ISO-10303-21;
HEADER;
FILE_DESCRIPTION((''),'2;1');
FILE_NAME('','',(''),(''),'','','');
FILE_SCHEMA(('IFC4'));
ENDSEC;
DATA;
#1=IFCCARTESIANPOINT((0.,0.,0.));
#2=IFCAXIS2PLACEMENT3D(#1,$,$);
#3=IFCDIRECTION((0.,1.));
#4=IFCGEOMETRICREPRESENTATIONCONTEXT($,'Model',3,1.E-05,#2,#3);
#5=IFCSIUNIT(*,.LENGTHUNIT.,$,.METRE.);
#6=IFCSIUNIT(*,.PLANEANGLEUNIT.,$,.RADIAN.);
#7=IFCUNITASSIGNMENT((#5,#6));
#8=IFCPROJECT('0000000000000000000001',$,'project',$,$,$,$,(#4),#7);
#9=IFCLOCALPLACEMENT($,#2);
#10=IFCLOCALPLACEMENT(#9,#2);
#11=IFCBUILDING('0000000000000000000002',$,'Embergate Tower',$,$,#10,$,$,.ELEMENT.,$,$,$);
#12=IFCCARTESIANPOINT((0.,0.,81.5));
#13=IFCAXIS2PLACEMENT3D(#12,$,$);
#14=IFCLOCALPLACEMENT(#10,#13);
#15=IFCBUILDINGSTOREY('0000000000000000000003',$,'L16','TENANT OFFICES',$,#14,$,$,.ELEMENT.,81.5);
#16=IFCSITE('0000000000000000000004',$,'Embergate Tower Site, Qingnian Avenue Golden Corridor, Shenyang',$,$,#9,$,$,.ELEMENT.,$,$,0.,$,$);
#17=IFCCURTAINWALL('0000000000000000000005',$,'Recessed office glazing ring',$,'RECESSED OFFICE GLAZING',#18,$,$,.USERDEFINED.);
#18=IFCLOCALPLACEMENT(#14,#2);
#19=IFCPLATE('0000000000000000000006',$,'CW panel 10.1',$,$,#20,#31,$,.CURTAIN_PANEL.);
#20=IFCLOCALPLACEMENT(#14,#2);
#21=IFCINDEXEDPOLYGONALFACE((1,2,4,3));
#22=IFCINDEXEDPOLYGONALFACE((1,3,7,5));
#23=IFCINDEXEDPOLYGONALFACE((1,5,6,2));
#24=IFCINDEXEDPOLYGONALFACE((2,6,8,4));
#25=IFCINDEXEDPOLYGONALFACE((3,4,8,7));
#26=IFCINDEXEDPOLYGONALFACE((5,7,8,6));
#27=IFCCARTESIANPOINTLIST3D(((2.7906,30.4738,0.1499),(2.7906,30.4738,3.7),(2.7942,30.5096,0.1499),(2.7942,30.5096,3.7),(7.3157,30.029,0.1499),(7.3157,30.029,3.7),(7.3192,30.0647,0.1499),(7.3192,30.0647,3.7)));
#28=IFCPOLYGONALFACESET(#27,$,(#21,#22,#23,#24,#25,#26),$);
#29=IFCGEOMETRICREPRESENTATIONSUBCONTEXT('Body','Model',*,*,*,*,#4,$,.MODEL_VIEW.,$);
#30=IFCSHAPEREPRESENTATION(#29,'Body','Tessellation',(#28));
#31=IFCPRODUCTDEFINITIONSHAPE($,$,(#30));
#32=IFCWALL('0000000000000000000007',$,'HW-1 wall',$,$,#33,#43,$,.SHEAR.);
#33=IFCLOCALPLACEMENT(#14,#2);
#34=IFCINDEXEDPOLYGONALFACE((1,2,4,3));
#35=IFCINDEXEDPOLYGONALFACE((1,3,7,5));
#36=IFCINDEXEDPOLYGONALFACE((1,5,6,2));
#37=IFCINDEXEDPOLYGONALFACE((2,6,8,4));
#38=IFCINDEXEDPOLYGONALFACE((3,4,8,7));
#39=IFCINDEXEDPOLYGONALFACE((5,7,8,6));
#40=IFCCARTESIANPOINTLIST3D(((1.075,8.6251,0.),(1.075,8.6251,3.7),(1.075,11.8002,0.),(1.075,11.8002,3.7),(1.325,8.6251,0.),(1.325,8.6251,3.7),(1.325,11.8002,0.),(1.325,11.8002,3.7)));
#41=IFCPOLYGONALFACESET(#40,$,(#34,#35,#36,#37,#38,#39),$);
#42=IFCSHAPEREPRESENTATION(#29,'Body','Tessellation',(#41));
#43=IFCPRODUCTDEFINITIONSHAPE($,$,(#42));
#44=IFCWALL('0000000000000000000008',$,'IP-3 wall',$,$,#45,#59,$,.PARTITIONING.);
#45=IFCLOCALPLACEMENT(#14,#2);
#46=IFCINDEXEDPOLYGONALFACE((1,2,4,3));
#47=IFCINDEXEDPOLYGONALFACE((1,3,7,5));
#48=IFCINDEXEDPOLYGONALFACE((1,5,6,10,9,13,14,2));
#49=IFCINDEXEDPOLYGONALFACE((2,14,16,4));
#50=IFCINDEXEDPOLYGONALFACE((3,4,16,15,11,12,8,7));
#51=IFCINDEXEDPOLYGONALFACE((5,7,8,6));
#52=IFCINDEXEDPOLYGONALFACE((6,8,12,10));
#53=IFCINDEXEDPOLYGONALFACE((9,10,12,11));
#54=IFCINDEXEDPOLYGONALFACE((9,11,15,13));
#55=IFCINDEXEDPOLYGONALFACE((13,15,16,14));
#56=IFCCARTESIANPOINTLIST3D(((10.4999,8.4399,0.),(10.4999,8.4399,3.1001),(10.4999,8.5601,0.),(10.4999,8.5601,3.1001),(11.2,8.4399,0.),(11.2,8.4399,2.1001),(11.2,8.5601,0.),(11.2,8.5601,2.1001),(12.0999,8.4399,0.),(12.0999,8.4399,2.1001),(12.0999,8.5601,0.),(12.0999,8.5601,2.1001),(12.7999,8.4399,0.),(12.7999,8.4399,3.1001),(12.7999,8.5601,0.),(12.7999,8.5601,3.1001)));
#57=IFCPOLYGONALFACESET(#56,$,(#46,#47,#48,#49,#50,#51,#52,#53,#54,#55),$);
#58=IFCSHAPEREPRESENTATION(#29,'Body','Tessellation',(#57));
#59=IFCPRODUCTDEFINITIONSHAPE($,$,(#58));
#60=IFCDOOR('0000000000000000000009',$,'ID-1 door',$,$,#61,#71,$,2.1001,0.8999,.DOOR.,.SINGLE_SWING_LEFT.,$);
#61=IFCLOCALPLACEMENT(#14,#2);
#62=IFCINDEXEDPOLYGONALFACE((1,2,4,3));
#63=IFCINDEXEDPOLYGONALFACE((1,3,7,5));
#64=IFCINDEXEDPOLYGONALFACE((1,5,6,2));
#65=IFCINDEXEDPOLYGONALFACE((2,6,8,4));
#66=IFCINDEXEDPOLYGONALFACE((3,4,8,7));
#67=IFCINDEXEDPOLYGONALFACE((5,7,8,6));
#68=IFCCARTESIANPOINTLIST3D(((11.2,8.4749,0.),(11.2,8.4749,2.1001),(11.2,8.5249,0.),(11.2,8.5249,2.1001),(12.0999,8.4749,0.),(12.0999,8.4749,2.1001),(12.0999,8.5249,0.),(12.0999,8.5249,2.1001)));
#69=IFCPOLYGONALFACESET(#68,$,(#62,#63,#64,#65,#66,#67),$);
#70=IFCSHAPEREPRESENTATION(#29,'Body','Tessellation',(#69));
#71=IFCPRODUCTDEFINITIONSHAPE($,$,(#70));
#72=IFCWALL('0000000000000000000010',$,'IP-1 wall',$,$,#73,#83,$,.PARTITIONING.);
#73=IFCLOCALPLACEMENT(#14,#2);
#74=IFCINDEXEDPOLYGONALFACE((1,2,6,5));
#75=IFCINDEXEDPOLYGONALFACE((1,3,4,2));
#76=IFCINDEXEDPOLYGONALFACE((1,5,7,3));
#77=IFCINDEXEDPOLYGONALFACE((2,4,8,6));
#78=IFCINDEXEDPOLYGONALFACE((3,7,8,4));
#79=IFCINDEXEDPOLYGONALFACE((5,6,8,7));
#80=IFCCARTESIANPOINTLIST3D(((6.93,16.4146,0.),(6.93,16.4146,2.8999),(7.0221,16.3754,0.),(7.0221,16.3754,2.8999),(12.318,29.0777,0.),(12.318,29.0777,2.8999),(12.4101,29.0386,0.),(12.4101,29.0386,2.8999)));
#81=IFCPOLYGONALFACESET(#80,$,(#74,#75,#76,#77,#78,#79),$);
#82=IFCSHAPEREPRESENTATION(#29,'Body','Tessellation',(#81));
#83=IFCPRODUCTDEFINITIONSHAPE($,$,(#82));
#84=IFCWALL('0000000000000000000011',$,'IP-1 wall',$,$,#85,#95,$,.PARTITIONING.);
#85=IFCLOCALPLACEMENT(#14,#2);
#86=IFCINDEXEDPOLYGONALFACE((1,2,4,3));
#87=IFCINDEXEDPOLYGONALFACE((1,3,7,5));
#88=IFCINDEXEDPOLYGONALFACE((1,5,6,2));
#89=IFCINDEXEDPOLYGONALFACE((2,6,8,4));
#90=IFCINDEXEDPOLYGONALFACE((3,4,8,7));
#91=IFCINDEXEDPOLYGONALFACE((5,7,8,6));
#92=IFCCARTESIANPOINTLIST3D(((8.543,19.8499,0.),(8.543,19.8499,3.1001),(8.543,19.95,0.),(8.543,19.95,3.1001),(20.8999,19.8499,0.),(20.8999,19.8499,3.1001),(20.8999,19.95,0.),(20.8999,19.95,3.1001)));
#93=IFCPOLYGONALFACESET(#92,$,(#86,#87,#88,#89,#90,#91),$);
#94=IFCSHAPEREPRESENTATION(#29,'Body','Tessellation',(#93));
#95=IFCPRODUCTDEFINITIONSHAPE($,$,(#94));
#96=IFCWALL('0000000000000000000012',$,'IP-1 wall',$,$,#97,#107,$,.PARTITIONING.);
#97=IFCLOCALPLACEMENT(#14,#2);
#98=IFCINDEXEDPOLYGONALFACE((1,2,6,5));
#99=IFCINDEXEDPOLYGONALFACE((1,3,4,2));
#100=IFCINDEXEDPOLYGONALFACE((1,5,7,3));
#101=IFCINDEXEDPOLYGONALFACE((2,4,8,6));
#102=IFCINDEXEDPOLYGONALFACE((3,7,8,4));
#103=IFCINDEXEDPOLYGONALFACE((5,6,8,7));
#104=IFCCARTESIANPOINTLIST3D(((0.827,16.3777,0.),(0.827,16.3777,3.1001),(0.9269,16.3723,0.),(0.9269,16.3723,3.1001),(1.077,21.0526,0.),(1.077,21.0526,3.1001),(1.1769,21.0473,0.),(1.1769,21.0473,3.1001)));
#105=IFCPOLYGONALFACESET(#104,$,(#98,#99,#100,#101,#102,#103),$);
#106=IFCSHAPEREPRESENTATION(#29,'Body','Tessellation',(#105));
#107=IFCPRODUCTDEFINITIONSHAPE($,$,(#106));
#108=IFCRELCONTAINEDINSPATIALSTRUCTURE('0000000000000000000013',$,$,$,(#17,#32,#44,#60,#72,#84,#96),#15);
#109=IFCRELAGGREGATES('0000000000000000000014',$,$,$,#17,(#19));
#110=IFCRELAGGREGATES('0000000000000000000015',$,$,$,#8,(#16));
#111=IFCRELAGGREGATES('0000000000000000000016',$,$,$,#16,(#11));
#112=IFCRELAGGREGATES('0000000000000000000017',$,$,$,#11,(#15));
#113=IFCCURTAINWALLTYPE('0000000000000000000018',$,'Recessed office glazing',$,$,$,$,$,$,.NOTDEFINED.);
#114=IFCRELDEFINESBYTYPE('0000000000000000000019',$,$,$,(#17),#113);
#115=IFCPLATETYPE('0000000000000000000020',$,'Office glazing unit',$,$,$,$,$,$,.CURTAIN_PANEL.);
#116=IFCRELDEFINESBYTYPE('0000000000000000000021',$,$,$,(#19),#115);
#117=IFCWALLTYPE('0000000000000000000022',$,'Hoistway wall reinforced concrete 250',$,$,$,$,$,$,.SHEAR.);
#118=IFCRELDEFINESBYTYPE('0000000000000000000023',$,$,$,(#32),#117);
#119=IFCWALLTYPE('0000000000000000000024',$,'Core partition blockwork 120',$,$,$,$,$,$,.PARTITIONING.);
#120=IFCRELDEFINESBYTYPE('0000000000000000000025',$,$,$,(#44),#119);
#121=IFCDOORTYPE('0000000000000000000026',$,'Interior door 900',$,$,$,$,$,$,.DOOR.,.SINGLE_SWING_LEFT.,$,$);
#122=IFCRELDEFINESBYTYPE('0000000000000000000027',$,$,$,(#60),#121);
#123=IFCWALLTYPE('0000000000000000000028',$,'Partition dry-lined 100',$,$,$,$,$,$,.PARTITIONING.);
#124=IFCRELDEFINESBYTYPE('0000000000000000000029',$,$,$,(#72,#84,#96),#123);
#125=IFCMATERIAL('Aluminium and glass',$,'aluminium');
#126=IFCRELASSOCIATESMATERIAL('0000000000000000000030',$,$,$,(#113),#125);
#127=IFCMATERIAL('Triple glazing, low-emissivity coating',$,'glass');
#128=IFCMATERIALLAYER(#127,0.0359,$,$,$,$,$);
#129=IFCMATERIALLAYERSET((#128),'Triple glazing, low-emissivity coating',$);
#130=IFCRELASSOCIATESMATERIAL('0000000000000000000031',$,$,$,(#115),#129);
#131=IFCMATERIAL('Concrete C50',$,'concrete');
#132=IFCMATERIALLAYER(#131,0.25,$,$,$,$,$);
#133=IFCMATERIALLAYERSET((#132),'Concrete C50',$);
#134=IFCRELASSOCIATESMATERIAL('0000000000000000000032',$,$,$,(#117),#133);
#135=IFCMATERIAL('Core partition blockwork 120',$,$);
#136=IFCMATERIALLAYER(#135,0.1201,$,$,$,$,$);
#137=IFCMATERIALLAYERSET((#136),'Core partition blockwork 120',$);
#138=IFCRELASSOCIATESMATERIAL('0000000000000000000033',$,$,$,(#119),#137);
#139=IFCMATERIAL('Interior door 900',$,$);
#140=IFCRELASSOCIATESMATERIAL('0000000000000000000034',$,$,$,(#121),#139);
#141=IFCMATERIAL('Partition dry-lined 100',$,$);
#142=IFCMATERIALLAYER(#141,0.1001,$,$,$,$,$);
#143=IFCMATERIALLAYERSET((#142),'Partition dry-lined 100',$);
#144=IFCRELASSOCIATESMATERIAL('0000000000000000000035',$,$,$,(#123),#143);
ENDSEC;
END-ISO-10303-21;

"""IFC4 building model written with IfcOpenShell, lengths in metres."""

from ifc_helpers import new_model, si_unit, direction, frame, frame_2d, origin, origin_2d, place, context, subcontext, project, spatial, rectangle, extrude, source, transform, mapped, material, layer, layer_set, type_object, element, fill, aggregate, save


model = new_model("IFC4")

# Units and contexts
model_context = context("Model", 3, precision=1e-05, world=origin(), true_north=direction((0.0, 1.0)))
body_context = subcontext(model_context, "Body", "Model", "MODEL_VIEW")
ifc_project = project(units=[si_unit("LENGTHUNIT", "METRE"), si_unit("PLANEANGLEUNIT", "RADIAN")], contexts=[model_context])

# Site, building, storey
site_placement = place(None, origin())
site = spatial("IfcSite", under=ifc_project, at=site_placement, Name="Embergate Tower Site, Qingnian Avenue Golden Corridor, Shenyang", CompositionType="ELEMENT", RefElevation=0.0)
building_placement = place(site_placement, origin())
building = spatial("IfcBuilding", under=site, at=building_placement, Name="Embergate Tower", CompositionType="ELEMENT")
storey_placement = place(building_placement, frame((0.0, 0.0, 81.5)))
storey = spatial("IfcBuildingStorey", under=building, at=storey_placement, Name="L16", Description="TENANT OFFICES", CompositionType="ELEMENT", Elevation=81.5)

# Curtain wall, plate
ifc_material_1 = material(Name="Aluminium and glass", Category="aluminium")
curtain_wall_type = type_object("IfcCurtainWallType", Name="Recessed office glazing", PredefinedType="NOTDEFINED", material=ifc_material_1)
curtain_wall_placement = place(storey_placement, origin())
curtain_wall = element("IfcCurtainWall", 1, at=curtain_wall_placement, inside=storey, type_object=curtain_wall_type, Name="Recessed office glazing ring", ObjectType="RECESSED OFFICE GLAZING", PredefinedType="USERDEFINED")
ifc_material_2 = material(Name="Triple glazing, low-emissivity coating", Category="glass")
ifc_layer_1 = layer(ifc_material_2, 0.0359)
ifc_layer_set_1 = layer_set([ifc_layer_1], Name="Triple glazing, low-emissivity coating")
plate_type = type_object("IfcPlateType", Name="Office glazing unit", PredefinedType="CURTAIN_PANEL", material=ifc_layer_set_1)
shared_shape_1 = source(origin(), body_context, "Body", "SweptSolid", [
    extrude(rectangle(XDim=4.5469, YDim=0.0359, at=origin_2d()), origin(), (0.0, 0.0, 1.0), 3.55),
])
plate_1_placement = place(storey_placement, frame((5.0549, 30.2693, 0.1499), z_axis=(0.0, 0.0, 1.0), x_axis=(-0.995203, 0.09783, 0.0)))
plate_1 = element("IfcPlate", 2, at=plate_1_placement, type_object=plate_type, Name="CW panel 10.1", PredefinedType="CURTAIN_PANEL", context=body_context, shape_type="MappedRepresentation", body=[
    mapped(shared_shape_1, transform((0.0, 0.0, 0.0))),
])
aggregate(curtain_wall, [plate_1])

# Wall
ifc_material_3 = material(Name="Concrete C50", Category="concrete")
ifc_layer_2 = layer(ifc_material_3, 0.25)
ifc_layer_set_2 = layer_set([ifc_layer_2], Name="Concrete C50")
wall_type_1 = type_object("IfcWallType", Name="Hoistway wall reinforced concrete 250", PredefinedType="SHEAR", material=ifc_layer_set_2)
shared_shape_2 = source(origin(), body_context, "Body", "SweptSolid", [
    extrude(rectangle(XDim=3.175, YDim=0.25, at=frame_2d((1.5874, 0.0))), origin(), (0.0, 0.0, 1.0), 3.7),
])
wall_1_placement = place(storey_placement, frame((1.2, 11.8, 0.0), z_axis=(0.0, 0.0, 1.0), x_axis=(0.0, -1.0, 0.0)))
element("IfcWall", 3, at=wall_1_placement, inside=storey, type_object=wall_type_1, Name="HW-1 wall", PredefinedType="SHEAR", context=body_context, shape_type="MappedRepresentation", body=[
    mapped(shared_shape_2, transform((0.0, 0.0, 0.0))),
])

# Wall, opening, door
ifc_material_4 = material(Name="Core partition blockwork 120")
ifc_layer_3 = layer(ifc_material_4, 0.1201)
ifc_layer_set_3 = layer_set([ifc_layer_3], Name="Core partition blockwork 120")
wall_type_2 = type_object("IfcWallType", Name="Core partition blockwork 120", PredefinedType="PARTITIONING", material=ifc_layer_set_3)
shared_shape_3 = source(origin(), body_context, "Body", "SweptSolid", [
    extrude(rectangle(XDim=2.3, YDim=0.1201, at=frame_2d((1.1499, 0.0))), origin(), (0.0, 0.0, 1.0), 3.1001),
])
wall_2_placement = place(storey_placement, frame((10.5, 8.5, 0.0), z_axis=(0.0, 0.0, 1.0), x_axis=(1.0, 0.0, 0.0)))
wall_2 = element("IfcWall", 4, at=wall_2_placement, inside=storey, type_object=wall_type_2, Name="IP-3 wall", PredefinedType="PARTITIONING", context=body_context, shape_type="MappedRepresentation", body=[
    mapped(shared_shape_3, transform((0.0, 0.0, 0.0))),
])
shared_shape_4 = source(origin(), body_context, "Body", "SweptSolid", [
    extrude(rectangle(XDim=0.8999, YDim=2.1001, at=frame_2d((0.45, 1.05))), frame((0.0, 0.0701, 0.0), z_axis=(0.0, -1.0, 0.0), x_axis=(1.0, 0.0, 0.0)), (0.0, 0.0, 1.0), 0.1401),
])
opening_placement = place(wall_2_placement, frame((0.7, 0.0, 0.0)))
opening = element("IfcOpeningElement", 5, at=opening_placement, cuts=wall_2, PredefinedType="OPENING", context=body_context, shape_type="MappedRepresentation", body=[
    mapped(shared_shape_4, transform((0.0, 0.0, 0.0))),
])
ifc_material_5 = material(Name="Interior door 900")
door_type = type_object("IfcDoorType", Name="Interior door 900", OperationType="SINGLE_SWING_LEFT", PredefinedType="DOOR", material=ifc_material_5)
shared_shape_5 = source(origin(), body_context, "Body", "SweptSolid", [
    extrude(rectangle(XDim=0.8999, YDim=2.1001, at=frame_2d((0.45, 1.05))), frame((0.0, 0.0249, 0.0), z_axis=(0.0, -1.0, 0.0), x_axis=(1.0, 0.0, 0.0)), (0.0, 0.0, 1.0), 0.05),
])
door_placement = place(opening_placement, origin())
door = element("IfcDoor", 6, at=door_placement, inside=storey, type_object=door_type, Name="ID-1 door", OperationType="SINGLE_SWING_LEFT", OverallHeight=2.1001, OverallWidth=0.8999, PredefinedType="DOOR", context=body_context, shape_type="MappedRepresentation", body=[
    mapped(shared_shape_5, transform((0.0, 0.0, 0.0))),
])
fill(opening, door)

# Walls
ifc_material_6 = material(Name="Partition dry-lined 100")
ifc_layer_4 = layer(ifc_material_6, 0.1001)
ifc_layer_set_4 = layer_set([ifc_layer_4], Name="Partition dry-lined 100")
wall_type_3 = type_object("IfcWallType", Name="Partition dry-lined 100", PredefinedType="PARTITIONING", material=ifc_layer_set_4)
shared_shape_6 = source(origin(), body_context, "Body", "SweptSolid", [
    extrude(rectangle(XDim=13.7617, YDim=0.1001, at=frame_2d((6.8809, 0.0))), origin(), (0.0, 0.0, 1.0), 2.8999),
])
wall_3_placement = place(storey_placement, frame((6.9761, 16.395, 0.0), z_axis=(0.0, 0.0, 1.0), x_axis=(0.391518, 0.920171, 0.0)))
element("IfcWall", 7, at=wall_3_placement, inside=storey, type_object=wall_type_3, Name="IP-1 wall", PredefinedType="PARTITIONING", context=body_context, shape_type="MappedRepresentation", body=[
    mapped(shared_shape_6, transform((0.0, 0.0, 0.0))),
])
shared_shape_7 = source(origin(), body_context, "Body", "SweptSolid", [
    extrude(rectangle(XDim=12.3569, YDim=0.1001, at=frame_2d((6.1785, 0.0))), origin(), (0.0, 0.0, 1.0), 3.1001),
])
wall_4_placement = place(storey_placement, frame((8.543, 19.8999, 0.0), z_axis=(0.0, 0.0, 1.0), x_axis=(1.0, 0.0, 0.0)))
element("IfcWall", 8, at=wall_4_placement, inside=storey, type_object=wall_type_3, Name="IP-1 wall", PredefinedType="PARTITIONING", context=body_context, shape_type="MappedRepresentation", body=[
    mapped(shared_shape_7, transform((0.0, 0.0, 0.0))),
])
shared_shape_8 = source(origin(), body_context, "Body", "SweptSolid", [
    extrude(rectangle(XDim=4.6816, YDim=0.1001, at=frame_2d((2.3408, 0.0))), origin(), (0.0, 0.0, 1.0), 3.1001),
])
wall_5_placement = place(storey_placement, frame((0.877, 16.375, 0.0), z_axis=(0.0, 0.0, 1.0), x_axis=(0.053399, 0.998573, 0.0)))
element("IfcWall", 9, at=wall_5_placement, inside=storey, type_object=wall_type_3, Name="IP-1 wall", PredefinedType="PARTITIONING", context=body_context, shape_type="MappedRepresentation", body=[
    mapped(shared_shape_8, transform((0.0, 0.0, 0.0))),
])

save(model, "model.ifc")
